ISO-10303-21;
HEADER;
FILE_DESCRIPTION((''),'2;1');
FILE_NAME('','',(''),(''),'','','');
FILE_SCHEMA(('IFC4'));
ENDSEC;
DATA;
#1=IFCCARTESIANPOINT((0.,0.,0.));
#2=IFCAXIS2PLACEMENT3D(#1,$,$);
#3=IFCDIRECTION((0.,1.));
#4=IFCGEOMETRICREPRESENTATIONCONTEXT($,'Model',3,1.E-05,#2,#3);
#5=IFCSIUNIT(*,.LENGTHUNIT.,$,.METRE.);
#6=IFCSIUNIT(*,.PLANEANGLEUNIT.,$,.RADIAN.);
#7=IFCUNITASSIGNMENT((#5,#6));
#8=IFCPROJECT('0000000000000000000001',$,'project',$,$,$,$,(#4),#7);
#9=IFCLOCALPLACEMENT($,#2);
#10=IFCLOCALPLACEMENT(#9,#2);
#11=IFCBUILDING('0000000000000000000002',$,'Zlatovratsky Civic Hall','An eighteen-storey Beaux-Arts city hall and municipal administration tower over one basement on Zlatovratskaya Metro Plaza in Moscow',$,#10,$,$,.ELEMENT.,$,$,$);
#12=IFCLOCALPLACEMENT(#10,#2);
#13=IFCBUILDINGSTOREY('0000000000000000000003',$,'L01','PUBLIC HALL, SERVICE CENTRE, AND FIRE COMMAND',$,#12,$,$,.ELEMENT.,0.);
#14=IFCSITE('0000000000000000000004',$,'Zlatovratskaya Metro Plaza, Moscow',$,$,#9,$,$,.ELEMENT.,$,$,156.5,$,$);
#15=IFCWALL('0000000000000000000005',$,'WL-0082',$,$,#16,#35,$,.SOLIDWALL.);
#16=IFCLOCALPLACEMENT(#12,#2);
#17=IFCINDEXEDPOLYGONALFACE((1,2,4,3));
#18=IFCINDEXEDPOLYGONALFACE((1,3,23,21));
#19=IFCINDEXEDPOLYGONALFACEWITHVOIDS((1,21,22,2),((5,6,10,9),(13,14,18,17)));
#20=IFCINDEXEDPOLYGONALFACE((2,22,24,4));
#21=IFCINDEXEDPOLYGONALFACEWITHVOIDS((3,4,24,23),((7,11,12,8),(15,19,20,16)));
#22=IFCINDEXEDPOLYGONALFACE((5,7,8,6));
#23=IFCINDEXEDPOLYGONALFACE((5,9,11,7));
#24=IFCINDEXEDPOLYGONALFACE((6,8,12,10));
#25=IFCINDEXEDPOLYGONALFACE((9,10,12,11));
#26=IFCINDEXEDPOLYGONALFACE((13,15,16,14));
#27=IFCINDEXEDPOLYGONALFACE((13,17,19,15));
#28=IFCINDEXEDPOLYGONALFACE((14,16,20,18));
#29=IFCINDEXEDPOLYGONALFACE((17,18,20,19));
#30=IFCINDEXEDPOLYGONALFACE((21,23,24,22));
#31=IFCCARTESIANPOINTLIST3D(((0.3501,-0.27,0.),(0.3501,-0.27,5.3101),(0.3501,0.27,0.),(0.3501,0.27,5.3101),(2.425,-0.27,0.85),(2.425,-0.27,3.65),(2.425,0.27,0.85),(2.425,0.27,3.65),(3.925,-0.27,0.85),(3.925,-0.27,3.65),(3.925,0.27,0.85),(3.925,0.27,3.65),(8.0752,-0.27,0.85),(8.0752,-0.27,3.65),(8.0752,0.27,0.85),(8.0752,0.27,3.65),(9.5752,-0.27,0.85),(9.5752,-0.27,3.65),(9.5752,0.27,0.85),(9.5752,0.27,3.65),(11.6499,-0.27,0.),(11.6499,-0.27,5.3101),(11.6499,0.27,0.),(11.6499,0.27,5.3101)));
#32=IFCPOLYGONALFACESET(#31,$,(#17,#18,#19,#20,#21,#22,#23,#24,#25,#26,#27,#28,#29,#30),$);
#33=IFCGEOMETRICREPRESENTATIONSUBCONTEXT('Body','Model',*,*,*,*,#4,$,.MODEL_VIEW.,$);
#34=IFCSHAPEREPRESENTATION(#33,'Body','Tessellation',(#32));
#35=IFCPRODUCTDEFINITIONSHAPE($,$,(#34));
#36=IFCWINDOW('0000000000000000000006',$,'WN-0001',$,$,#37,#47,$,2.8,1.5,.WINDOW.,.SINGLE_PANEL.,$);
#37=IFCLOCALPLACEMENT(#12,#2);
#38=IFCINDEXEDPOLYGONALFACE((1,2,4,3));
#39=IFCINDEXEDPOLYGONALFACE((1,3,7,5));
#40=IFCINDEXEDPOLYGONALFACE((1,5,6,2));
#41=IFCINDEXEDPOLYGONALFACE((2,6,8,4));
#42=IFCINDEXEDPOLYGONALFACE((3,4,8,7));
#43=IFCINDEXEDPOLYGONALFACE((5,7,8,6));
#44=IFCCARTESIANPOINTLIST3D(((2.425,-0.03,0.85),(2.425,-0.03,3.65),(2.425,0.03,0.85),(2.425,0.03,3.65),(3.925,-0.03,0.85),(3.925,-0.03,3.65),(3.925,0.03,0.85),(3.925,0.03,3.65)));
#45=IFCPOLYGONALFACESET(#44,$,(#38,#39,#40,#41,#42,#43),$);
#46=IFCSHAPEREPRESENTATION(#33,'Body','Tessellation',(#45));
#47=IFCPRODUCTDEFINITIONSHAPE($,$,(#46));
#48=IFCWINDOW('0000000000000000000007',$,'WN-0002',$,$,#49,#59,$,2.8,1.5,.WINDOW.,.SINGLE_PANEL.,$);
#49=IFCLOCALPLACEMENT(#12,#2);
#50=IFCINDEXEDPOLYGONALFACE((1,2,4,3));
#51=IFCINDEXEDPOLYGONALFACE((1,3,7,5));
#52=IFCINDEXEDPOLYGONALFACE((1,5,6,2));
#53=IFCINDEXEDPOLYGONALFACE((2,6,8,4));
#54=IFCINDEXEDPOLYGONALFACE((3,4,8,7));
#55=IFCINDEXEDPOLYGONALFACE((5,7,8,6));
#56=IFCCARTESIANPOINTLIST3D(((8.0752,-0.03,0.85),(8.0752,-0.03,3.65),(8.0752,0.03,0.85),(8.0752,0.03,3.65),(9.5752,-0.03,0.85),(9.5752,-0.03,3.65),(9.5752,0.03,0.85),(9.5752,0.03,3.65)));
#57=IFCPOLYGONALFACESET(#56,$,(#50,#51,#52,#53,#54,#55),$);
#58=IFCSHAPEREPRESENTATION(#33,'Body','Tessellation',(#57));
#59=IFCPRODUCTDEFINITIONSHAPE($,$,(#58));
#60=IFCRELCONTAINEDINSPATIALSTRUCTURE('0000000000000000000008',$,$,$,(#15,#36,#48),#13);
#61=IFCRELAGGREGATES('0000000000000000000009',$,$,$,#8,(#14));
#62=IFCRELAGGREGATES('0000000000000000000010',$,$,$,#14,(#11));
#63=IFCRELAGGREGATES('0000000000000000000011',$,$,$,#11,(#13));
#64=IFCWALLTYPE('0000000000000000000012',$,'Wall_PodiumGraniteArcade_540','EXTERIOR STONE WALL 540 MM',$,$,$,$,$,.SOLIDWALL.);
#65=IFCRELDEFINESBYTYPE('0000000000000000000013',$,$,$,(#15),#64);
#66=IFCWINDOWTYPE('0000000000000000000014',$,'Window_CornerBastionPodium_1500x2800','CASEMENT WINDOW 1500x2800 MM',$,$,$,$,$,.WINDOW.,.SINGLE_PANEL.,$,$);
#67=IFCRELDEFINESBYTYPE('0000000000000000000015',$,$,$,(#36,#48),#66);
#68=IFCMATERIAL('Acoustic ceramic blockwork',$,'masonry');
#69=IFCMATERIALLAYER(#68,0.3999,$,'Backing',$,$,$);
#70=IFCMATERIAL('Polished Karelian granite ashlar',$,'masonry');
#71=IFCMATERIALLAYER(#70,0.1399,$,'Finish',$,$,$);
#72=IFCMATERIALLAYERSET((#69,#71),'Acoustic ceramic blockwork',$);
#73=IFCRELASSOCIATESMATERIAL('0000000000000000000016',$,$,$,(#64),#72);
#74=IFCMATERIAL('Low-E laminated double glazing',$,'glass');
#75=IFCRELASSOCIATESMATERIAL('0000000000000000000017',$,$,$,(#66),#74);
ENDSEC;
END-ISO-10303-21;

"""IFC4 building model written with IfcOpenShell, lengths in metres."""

from ifc_helpers import new_model, si_unit, direction, frame, frame_2d, origin, place, context, subcontext, project, spatial, rectangle, extrude, material, layer, layer_set, type_object, element, fill, save


model = new_model("IFC4")

# Units and contexts
model_context = context("Model", 3, precision=1e-05, world=origin(), true_north=direction((0.0, 1.0)))
body_context = subcontext(model_context, "Body", "Model", "MODEL_VIEW")
ifc_project = project(units=[si_unit("LENGTHUNIT", "METRE"), si_unit("PLANEANGLEUNIT", "RADIAN")], contexts=[model_context])

# Site, building, storey
site_placement = place(None, origin())
site = spatial("IfcSite", under=ifc_project, at=site_placement, Name="Zlatovratskaya Metro Plaza, Moscow", CompositionType="ELEMENT", RefElevation=156.5)
building_placement = place(site_placement, origin())
building = spatial("IfcBuilding", under=site, at=building_placement, Name="Zlatovratsky Civic Hall", Description="An eighteen-storey Beaux-Arts city hall and municipal administration tower over one basement on Zlatovratskaya Metro Plaza in Moscow", CompositionType="ELEMENT")
storey_placement = place(building_placement, origin())
storey = spatial("IfcBuildingStorey", under=building, at=storey_placement, Name="L01", Description="PUBLIC HALL, SERVICE CENTRE, AND FIRE COMMAND", CompositionType="ELEMENT", Elevation=0.0)

# Wall, openings, windows
ifc_material_1 = material(Name="Acoustic ceramic blockwork", Category="masonry")
ifc_layer_1 = layer(ifc_material_1, 0.3999, Name="Backing")
ifc_material_2 = material(Name="Polished Karelian granite ashlar", Category="masonry")
ifc_layer_2 = layer(ifc_material_2, 0.1399, Name="Finish")
ifc_layer_set_1 = layer_set([ifc_layer_1, ifc_layer_2], Name="Acoustic ceramic blockwork")
wall_type = type_object("IfcWallType", Name="Wall_PodiumGraniteArcade_540", Description="EXTERIOR STONE WALL 540 MM", PredefinedType="SOLIDWALL", material=ifc_layer_set_1)
wall_placement = place(storey_placement, frame((0.3501, 0.0, 0.0), z_axis=(0.0, 0.0, 1.0), x_axis=(1.0, 0.0, 0.0)))
wall = element("IfcWall", 1, at=wall_placement, inside=storey, type_object=wall_type, Name="WL-0082", PredefinedType="SOLIDWALL", context=body_context, shape_type="SweptSolid", body=[
    extrude(rectangle(XDim=11.2998, YDim=0.54, at=frame_2d((5.6499, 0.0))), origin(), (0.0, 0.0, 1.0), 5.3101),
])
opening_1_placement = place(wall_placement, frame((2.075, 0.0, 0.8501)))
opening_1 = element("IfcOpeningElement", 2, at=opening_1_placement, cuts=wall, PredefinedType="OPENING", context=body_context, shape_type="SweptSolid", body=[
    extrude(rectangle(XDim=1.5, YDim=2.8, at=frame_2d((0.75, 1.3999))), frame((0.0, 0.2849, 0.0), z_axis=(0.0, -1.0, 0.0), x_axis=(1.0, 0.0, 0.0)), (0.0, 0.0, 1.0), 0.5698),
])
opening_2_placement = place(wall_placement, frame((7.7251, 0.0, 0.8501)))
opening_2 = element("IfcOpeningElement", 3, at=opening_2_placement, cuts=wall, PredefinedType="OPENING", context=body_context, shape_type="SweptSolid", body=[
    extrude(rectangle(XDim=1.5, YDim=2.8, at=frame_2d((0.75, 1.3999))), frame((0.0, 0.2849, 0.0), z_axis=(0.0, -1.0, 0.0), x_axis=(1.0, 0.0, 0.0)), (0.0, 0.0, 1.0), 0.5698),
])
ifc_material_3 = material(Name="Low-E laminated double glazing", Category="glass")
window_type = type_object("IfcWindowType", Name="Window_CornerBastionPodium_1500x2800", Description="CASEMENT WINDOW 1500x2800 MM", PartitioningType="SINGLE_PANEL", PredefinedType="WINDOW", material=ifc_material_3)
window_1_placement = place(opening_1_placement, origin())
window_1 = element("IfcWindow", 4, at=window_1_placement, inside=storey, type_object=window_type, Name="WN-0001", OverallHeight=2.8, OverallWidth=1.5, PartitioningType="SINGLE_PANEL", PredefinedType="WINDOW", context=body_context, shape_type="SweptSolid", body=[
    extrude(rectangle(XDim=1.5, YDim=2.8, at=frame_2d((0.75, 1.3999))), frame((0.0, 0.03, 0.0), z_axis=(0.0, -1.0, 0.0), x_axis=(1.0, 0.0, 0.0)), (0.0, 0.0, 1.0), 0.0601),
])
fill(opening_1, window_1)
window_2_placement = place(opening_2_placement, origin())
window_2 = element("IfcWindow", 5, at=window_2_placement, inside=storey, type_object=window_type, Name="WN-0002", OverallHeight=2.8, OverallWidth=1.5, PartitioningType="SINGLE_PANEL", PredefinedType="WINDOW", context=body_context, shape_type="SweptSolid", body=[
    extrude(rectangle(XDim=1.5, YDim=2.8, at=frame_2d((0.75, 1.3999))), frame((0.0, 0.03, 0.0), z_axis=(0.0, -1.0, 0.0), x_axis=(1.0, 0.0, 0.0)), (0.0, 0.0, 1.0), 0.0601),
])
fill(opening_2, window_2)

save(model, "model.ifc")
